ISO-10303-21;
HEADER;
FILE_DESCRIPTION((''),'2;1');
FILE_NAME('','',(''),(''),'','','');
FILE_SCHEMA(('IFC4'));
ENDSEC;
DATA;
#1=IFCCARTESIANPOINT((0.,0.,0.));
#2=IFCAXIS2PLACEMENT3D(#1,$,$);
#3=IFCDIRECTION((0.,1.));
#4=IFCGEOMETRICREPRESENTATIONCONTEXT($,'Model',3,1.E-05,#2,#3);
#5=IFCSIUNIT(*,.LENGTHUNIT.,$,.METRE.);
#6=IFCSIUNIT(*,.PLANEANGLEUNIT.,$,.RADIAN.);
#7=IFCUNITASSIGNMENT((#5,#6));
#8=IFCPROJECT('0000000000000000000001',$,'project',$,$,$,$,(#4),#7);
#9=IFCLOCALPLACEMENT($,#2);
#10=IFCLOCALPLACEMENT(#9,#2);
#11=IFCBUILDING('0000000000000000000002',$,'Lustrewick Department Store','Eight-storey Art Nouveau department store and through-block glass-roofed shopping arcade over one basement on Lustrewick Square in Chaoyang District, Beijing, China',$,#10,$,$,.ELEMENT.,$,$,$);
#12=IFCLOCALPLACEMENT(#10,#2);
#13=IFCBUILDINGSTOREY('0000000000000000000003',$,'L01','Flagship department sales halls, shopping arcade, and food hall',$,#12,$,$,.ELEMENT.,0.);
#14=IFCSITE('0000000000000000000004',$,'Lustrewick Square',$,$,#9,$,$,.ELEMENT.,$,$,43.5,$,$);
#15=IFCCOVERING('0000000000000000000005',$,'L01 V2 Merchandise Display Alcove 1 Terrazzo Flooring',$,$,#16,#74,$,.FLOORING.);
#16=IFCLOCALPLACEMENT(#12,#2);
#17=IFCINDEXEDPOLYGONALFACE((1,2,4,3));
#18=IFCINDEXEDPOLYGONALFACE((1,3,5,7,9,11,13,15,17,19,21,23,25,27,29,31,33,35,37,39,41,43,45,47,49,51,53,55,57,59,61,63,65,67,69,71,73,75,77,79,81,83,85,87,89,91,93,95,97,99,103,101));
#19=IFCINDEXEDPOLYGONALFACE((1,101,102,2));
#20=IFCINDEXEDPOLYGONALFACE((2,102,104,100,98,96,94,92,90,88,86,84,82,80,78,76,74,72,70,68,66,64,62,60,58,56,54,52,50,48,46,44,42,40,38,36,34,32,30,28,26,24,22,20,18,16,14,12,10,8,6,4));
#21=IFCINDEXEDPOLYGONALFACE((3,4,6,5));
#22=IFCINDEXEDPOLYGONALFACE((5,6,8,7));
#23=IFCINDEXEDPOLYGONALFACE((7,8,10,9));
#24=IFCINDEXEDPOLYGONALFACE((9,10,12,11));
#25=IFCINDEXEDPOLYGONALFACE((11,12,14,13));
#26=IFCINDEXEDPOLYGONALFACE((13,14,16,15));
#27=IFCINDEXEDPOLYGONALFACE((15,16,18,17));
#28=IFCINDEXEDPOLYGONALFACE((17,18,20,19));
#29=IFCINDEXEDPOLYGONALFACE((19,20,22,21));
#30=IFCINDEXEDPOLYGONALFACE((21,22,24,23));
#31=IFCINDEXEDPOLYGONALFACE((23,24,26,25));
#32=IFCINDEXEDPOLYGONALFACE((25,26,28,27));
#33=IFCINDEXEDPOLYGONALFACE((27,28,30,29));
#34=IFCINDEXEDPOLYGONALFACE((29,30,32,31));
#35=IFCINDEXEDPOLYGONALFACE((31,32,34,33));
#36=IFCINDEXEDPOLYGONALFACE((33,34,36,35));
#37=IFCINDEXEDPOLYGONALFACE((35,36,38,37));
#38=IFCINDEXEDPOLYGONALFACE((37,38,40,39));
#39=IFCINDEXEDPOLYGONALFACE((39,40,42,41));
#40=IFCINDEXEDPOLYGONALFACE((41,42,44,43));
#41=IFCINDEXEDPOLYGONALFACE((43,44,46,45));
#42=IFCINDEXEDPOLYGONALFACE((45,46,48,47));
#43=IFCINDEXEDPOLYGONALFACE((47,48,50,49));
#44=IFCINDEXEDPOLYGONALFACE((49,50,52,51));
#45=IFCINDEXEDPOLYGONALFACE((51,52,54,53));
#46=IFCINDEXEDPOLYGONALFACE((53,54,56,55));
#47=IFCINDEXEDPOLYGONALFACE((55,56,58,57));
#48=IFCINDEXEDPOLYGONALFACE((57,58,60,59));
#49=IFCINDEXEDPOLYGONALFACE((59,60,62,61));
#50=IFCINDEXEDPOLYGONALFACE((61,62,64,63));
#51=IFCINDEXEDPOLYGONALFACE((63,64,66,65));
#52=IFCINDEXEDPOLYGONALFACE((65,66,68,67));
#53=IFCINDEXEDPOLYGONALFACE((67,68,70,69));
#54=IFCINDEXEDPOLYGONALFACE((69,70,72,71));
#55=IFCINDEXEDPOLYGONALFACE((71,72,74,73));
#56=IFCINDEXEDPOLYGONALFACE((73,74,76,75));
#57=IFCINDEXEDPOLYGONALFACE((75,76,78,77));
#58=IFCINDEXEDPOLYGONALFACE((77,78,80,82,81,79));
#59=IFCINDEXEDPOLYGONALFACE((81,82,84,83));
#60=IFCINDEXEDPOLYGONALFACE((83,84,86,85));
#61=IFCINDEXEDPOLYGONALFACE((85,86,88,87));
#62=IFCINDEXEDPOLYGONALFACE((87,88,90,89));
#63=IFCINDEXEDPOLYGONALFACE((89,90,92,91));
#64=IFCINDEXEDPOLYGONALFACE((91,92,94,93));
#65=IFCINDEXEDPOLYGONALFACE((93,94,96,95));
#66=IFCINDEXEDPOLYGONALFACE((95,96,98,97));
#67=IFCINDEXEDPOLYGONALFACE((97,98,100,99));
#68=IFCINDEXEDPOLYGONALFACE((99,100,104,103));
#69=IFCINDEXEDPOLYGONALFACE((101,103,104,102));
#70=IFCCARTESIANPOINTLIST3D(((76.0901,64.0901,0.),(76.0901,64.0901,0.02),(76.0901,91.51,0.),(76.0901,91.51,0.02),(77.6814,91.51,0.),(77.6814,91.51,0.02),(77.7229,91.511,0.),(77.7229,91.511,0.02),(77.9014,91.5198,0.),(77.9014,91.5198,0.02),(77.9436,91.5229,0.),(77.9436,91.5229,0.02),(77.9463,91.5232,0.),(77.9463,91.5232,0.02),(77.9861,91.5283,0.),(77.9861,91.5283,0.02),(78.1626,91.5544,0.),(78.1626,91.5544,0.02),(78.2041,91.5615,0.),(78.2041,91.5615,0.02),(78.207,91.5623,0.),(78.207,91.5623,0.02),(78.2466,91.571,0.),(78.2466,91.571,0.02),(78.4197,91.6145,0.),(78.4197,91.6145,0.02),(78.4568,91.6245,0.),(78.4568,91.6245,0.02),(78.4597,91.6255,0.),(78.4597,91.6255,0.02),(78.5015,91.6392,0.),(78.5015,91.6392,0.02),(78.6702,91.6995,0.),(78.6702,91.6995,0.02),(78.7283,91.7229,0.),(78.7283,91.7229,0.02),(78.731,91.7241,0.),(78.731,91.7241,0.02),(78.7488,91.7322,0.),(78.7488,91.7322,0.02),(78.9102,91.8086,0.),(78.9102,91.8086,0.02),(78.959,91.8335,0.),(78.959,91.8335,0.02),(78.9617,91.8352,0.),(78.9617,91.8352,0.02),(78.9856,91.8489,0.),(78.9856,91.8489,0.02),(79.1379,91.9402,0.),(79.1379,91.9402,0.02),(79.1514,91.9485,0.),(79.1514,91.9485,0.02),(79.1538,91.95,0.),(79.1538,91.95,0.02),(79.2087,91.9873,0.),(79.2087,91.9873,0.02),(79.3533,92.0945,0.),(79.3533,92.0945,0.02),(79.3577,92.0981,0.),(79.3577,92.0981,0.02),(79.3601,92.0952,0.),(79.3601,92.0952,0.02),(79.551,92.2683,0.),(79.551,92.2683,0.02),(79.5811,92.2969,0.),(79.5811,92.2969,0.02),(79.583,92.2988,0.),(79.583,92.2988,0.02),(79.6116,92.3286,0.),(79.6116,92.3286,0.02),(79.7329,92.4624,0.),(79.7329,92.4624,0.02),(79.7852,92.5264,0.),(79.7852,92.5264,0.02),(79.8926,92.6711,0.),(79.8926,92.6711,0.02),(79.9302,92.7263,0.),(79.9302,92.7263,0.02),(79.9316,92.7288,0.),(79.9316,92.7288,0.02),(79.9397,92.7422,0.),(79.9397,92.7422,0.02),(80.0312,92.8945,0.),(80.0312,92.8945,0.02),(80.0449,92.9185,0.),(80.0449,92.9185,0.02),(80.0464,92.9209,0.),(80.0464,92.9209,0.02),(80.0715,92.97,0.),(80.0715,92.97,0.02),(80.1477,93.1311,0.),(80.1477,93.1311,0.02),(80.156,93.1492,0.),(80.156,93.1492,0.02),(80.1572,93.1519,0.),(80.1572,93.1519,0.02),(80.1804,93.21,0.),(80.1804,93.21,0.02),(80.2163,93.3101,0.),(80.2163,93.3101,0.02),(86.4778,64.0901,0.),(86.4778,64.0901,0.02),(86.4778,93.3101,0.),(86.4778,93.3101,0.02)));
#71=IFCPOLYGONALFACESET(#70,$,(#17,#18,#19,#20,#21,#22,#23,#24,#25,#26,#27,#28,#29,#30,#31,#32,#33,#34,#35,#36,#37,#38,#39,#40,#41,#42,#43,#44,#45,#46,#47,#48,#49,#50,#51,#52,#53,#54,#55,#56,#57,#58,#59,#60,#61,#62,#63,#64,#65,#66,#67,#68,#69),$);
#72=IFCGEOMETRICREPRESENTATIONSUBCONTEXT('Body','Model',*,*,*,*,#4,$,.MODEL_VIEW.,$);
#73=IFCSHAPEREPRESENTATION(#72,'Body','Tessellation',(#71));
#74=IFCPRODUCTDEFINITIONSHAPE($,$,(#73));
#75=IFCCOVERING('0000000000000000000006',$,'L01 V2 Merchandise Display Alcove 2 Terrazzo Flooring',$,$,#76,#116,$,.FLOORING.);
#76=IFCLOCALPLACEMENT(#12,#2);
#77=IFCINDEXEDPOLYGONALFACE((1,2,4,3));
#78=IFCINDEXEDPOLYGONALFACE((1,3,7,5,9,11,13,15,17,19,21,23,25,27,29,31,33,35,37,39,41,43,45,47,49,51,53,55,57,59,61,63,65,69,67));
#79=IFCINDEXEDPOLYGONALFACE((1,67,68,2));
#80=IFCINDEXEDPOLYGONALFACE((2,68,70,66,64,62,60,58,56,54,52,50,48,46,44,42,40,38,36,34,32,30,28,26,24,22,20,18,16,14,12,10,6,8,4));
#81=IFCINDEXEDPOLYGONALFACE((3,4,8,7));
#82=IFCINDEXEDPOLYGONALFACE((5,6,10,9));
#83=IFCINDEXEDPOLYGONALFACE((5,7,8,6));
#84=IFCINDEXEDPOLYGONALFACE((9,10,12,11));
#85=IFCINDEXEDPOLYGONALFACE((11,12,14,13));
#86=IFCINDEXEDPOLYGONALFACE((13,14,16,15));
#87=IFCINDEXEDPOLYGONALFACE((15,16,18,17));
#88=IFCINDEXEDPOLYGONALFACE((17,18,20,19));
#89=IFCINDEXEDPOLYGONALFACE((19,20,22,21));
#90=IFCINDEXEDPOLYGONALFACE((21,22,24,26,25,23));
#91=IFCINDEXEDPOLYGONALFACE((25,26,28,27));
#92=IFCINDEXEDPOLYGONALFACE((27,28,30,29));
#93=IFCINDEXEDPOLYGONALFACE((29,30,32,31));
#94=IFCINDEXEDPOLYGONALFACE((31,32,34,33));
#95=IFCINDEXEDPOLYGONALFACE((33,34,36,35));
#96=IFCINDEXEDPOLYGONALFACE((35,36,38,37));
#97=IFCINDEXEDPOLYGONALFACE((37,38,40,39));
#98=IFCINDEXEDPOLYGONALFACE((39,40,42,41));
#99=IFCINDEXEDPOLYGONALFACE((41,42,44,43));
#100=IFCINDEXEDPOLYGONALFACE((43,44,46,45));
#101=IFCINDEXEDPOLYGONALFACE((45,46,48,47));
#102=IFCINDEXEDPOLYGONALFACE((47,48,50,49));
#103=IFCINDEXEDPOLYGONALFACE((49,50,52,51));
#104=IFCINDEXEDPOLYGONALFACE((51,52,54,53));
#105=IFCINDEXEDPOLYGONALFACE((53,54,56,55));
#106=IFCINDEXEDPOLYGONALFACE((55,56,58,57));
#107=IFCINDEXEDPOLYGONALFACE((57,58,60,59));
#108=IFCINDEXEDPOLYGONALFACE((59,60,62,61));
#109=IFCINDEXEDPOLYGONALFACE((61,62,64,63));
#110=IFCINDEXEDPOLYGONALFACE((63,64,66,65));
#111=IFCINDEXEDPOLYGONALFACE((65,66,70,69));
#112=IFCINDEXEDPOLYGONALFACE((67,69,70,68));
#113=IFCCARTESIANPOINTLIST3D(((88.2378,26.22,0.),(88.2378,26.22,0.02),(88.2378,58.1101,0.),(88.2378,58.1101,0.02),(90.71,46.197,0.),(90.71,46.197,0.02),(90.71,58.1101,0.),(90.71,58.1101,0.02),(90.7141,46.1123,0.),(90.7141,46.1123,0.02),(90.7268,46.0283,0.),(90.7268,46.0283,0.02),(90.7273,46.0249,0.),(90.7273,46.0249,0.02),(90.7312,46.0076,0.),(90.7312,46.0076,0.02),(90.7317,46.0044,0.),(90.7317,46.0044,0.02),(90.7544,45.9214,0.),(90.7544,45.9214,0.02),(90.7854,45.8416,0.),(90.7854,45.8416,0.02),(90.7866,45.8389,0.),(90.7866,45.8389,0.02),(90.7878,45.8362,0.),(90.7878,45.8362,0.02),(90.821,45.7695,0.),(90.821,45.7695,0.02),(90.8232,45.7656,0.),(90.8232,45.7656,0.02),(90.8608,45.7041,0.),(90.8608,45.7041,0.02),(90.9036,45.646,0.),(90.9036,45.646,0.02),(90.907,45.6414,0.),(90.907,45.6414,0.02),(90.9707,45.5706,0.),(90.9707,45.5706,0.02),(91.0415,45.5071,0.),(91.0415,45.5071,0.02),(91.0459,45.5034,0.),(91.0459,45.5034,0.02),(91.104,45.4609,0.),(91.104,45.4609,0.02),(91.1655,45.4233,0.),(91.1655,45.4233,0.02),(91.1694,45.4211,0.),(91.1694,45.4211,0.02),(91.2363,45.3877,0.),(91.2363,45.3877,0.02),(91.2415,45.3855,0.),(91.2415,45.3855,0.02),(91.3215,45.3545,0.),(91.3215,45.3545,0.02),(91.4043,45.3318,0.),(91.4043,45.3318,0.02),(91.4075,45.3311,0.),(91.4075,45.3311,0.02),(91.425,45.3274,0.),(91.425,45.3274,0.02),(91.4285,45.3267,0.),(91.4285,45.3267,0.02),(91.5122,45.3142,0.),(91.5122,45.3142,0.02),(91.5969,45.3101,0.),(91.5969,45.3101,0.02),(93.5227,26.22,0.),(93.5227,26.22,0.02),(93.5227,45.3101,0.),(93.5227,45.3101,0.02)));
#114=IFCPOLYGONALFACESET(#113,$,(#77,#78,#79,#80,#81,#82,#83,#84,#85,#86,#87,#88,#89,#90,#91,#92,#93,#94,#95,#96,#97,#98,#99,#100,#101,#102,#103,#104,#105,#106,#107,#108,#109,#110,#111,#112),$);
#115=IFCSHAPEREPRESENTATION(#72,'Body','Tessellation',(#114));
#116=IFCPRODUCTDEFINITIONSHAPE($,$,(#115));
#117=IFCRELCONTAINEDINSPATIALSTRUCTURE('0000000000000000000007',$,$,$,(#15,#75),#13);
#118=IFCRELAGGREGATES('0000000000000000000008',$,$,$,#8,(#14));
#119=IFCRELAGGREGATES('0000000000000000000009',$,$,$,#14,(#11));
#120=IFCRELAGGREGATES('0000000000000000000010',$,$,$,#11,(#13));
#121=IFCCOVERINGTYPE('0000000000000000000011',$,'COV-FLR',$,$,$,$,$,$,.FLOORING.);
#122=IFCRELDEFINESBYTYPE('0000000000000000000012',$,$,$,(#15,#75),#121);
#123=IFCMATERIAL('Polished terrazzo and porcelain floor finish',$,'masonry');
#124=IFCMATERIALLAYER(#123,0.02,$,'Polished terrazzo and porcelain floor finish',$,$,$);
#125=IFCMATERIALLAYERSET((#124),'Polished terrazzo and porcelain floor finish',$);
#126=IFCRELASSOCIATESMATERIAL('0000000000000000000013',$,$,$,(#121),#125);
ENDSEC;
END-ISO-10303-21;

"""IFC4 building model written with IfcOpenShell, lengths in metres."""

from ifc_helpers import new_model, si_unit, direction, origin, place, context, subcontext, project, spatial, polyline, outline, extrude, material, layer, layer_set, type_object, element, save


model = new_model("IFC4")

# Units and contexts
model_context = context("Model", 3, precision=1e-05, world=origin(), true_north=direction((0.0, 1.0)))
body_context = subcontext(model_context, "Body", "Model", "MODEL_VIEW")
ifc_project = project(units=[si_unit("LENGTHUNIT", "METRE"), si_unit("PLANEANGLEUNIT", "RADIAN")], contexts=[model_context])

# Site, building, storey
site_placement = place(None, origin())
site = spatial("IfcSite", under=ifc_project, at=site_placement, Name="Lustrewick Square", CompositionType="ELEMENT", RefElevation=43.5)
building_placement = place(site_placement, origin())
building = spatial("IfcBuilding", under=site, at=building_placement, Name="Lustrewick Department Store", Description="Eight-storey Art Nouveau department store and through-block glass-roofed shopping arcade over one basement on Lustrewick Square in Chaoyang District, Beijing, China", CompositionType="ELEMENT")
storey_placement = place(building_placement, origin())
storey = spatial("IfcBuildingStorey", under=building, at=storey_placement, Name="L01", Description="Flagship department sales halls, shopping arcade, and food hall", CompositionType="ELEMENT", Elevation=0.0)

# Coverings
ifc_material_1 = material(Name="Polished terrazzo and porcelain floor finish", Category="masonry")
ifc_layer_1 = layer(ifc_material_1, 0.02, Name="Polished terrazzo and porcelain floor finish")
ifc_layer_set_1 = layer_set([ifc_layer_1], Name="Polished terrazzo and porcelain floor finish")
covering_type_1 = type_object("IfcCoveringType", Name="COV-FLR", PredefinedType="FLOORING", material=ifc_layer_set_1)
covering_1_placement = place(storey_placement, origin())
element("IfcCovering", 1, at=covering_1_placement, inside=storey, type_object=covering_type_1, Name="L01 V2 Merchandise Display Alcove 1 Terrazzo Flooring", PredefinedType="FLOORING", context=body_context, shape_type="SweptSolid", body=[
    extrude(outline(polyline([(76.0901, 91.51), (76.0901, 64.0901), (86.4778, 64.0901), (86.4778, 93.3101), (80.2163, 93.3101), (80.1804, 93.21), (80.1572, 93.1519), (80.156, 93.1492), (80.1477, 93.1311), (80.0715, 92.97), (80.0464, 92.9209), (80.0449, 92.9185), (80.0312, 92.8945), (79.9397, 92.7422), (79.9316, 92.7288), (79.9302, 92.7263), (79.8926, 92.6711), (79.7852, 92.5264), (79.7329, 92.4624), (79.6116, 92.3286), (79.583, 92.2988), (79.5811, 92.2969), (79.551, 92.2683), (79.3601, 92.0952), (79.3577, 92.0981), (79.3533, 92.0945), (79.2087, 91.9873), (79.1538, 91.95), (79.1514, 91.9485), (79.1379, 91.9402), (78.9856, 91.8489), (78.9617, 91.8352), (78.959, 91.8335), (78.9102, 91.8086), (78.7488, 91.7322), (78.731, 91.7241), (78.7283, 91.7229), (78.6702, 91.6995), (78.5015, 91.6392), (78.4597, 91.6255), (78.4568, 91.6245), (78.4197, 91.6145), (78.2466, 91.571), (78.207, 91.5623), (78.2041, 91.5615), (78.1626, 91.5544), (77.9861, 91.5283), (77.9463, 91.5232), (77.9436, 91.5229), (77.9014, 91.5198), (77.7229, 91.511), (77.6814, 91.51), (76.0901, 91.51)])), origin(), (0.0, 0.0, 1.0), 0.02),
])
covering_2_placement = place(storey_placement, origin())
element("IfcCovering", 2, at=covering_2_placement, inside=storey, type_object=covering_type_1, Name="L01 V2 Merchandise Display Alcove 2 Terrazzo Flooring", PredefinedType="FLOORING", context=body_context, shape_type="SweptSolid", body=[
    extrude(outline(polyline([(90.71, 58.1101), (88.2378, 58.1101), (88.2378, 26.22), (93.5227, 26.22), (93.5227, 45.3101), (91.5969, 45.3101), (91.5122, 45.3142), (91.4285, 45.3267), (91.425, 45.3274), (91.4075, 45.3311), (91.4043, 45.3318), (91.3215, 45.3545), (91.2415, 45.3855), (91.2363, 45.3877), (91.1694, 45.4211), (91.1655, 45.4233), (91.104, 45.4609), (91.0459, 45.5034), (91.0415, 45.5071), (90.9707, 45.5706), (90.907, 45.6414), (90.9036, 45.646), (90.8608, 45.7041), (90.8232, 45.7656), (90.821, 45.7695), (90.7878, 45.8362), (90.7866, 45.8389), (90.7854, 45.8416), (90.7544, 45.9214), (90.7317, 46.0044), (90.7312, 46.0076), (90.7273, 46.0249), (90.7268, 46.0283), (90.7141, 46.1123), (90.71, 46.197), (90.71, 58.1101)])), origin(), (0.0, 0.0, 1.0), 0.02),
])

save(model, "model.ifc")
